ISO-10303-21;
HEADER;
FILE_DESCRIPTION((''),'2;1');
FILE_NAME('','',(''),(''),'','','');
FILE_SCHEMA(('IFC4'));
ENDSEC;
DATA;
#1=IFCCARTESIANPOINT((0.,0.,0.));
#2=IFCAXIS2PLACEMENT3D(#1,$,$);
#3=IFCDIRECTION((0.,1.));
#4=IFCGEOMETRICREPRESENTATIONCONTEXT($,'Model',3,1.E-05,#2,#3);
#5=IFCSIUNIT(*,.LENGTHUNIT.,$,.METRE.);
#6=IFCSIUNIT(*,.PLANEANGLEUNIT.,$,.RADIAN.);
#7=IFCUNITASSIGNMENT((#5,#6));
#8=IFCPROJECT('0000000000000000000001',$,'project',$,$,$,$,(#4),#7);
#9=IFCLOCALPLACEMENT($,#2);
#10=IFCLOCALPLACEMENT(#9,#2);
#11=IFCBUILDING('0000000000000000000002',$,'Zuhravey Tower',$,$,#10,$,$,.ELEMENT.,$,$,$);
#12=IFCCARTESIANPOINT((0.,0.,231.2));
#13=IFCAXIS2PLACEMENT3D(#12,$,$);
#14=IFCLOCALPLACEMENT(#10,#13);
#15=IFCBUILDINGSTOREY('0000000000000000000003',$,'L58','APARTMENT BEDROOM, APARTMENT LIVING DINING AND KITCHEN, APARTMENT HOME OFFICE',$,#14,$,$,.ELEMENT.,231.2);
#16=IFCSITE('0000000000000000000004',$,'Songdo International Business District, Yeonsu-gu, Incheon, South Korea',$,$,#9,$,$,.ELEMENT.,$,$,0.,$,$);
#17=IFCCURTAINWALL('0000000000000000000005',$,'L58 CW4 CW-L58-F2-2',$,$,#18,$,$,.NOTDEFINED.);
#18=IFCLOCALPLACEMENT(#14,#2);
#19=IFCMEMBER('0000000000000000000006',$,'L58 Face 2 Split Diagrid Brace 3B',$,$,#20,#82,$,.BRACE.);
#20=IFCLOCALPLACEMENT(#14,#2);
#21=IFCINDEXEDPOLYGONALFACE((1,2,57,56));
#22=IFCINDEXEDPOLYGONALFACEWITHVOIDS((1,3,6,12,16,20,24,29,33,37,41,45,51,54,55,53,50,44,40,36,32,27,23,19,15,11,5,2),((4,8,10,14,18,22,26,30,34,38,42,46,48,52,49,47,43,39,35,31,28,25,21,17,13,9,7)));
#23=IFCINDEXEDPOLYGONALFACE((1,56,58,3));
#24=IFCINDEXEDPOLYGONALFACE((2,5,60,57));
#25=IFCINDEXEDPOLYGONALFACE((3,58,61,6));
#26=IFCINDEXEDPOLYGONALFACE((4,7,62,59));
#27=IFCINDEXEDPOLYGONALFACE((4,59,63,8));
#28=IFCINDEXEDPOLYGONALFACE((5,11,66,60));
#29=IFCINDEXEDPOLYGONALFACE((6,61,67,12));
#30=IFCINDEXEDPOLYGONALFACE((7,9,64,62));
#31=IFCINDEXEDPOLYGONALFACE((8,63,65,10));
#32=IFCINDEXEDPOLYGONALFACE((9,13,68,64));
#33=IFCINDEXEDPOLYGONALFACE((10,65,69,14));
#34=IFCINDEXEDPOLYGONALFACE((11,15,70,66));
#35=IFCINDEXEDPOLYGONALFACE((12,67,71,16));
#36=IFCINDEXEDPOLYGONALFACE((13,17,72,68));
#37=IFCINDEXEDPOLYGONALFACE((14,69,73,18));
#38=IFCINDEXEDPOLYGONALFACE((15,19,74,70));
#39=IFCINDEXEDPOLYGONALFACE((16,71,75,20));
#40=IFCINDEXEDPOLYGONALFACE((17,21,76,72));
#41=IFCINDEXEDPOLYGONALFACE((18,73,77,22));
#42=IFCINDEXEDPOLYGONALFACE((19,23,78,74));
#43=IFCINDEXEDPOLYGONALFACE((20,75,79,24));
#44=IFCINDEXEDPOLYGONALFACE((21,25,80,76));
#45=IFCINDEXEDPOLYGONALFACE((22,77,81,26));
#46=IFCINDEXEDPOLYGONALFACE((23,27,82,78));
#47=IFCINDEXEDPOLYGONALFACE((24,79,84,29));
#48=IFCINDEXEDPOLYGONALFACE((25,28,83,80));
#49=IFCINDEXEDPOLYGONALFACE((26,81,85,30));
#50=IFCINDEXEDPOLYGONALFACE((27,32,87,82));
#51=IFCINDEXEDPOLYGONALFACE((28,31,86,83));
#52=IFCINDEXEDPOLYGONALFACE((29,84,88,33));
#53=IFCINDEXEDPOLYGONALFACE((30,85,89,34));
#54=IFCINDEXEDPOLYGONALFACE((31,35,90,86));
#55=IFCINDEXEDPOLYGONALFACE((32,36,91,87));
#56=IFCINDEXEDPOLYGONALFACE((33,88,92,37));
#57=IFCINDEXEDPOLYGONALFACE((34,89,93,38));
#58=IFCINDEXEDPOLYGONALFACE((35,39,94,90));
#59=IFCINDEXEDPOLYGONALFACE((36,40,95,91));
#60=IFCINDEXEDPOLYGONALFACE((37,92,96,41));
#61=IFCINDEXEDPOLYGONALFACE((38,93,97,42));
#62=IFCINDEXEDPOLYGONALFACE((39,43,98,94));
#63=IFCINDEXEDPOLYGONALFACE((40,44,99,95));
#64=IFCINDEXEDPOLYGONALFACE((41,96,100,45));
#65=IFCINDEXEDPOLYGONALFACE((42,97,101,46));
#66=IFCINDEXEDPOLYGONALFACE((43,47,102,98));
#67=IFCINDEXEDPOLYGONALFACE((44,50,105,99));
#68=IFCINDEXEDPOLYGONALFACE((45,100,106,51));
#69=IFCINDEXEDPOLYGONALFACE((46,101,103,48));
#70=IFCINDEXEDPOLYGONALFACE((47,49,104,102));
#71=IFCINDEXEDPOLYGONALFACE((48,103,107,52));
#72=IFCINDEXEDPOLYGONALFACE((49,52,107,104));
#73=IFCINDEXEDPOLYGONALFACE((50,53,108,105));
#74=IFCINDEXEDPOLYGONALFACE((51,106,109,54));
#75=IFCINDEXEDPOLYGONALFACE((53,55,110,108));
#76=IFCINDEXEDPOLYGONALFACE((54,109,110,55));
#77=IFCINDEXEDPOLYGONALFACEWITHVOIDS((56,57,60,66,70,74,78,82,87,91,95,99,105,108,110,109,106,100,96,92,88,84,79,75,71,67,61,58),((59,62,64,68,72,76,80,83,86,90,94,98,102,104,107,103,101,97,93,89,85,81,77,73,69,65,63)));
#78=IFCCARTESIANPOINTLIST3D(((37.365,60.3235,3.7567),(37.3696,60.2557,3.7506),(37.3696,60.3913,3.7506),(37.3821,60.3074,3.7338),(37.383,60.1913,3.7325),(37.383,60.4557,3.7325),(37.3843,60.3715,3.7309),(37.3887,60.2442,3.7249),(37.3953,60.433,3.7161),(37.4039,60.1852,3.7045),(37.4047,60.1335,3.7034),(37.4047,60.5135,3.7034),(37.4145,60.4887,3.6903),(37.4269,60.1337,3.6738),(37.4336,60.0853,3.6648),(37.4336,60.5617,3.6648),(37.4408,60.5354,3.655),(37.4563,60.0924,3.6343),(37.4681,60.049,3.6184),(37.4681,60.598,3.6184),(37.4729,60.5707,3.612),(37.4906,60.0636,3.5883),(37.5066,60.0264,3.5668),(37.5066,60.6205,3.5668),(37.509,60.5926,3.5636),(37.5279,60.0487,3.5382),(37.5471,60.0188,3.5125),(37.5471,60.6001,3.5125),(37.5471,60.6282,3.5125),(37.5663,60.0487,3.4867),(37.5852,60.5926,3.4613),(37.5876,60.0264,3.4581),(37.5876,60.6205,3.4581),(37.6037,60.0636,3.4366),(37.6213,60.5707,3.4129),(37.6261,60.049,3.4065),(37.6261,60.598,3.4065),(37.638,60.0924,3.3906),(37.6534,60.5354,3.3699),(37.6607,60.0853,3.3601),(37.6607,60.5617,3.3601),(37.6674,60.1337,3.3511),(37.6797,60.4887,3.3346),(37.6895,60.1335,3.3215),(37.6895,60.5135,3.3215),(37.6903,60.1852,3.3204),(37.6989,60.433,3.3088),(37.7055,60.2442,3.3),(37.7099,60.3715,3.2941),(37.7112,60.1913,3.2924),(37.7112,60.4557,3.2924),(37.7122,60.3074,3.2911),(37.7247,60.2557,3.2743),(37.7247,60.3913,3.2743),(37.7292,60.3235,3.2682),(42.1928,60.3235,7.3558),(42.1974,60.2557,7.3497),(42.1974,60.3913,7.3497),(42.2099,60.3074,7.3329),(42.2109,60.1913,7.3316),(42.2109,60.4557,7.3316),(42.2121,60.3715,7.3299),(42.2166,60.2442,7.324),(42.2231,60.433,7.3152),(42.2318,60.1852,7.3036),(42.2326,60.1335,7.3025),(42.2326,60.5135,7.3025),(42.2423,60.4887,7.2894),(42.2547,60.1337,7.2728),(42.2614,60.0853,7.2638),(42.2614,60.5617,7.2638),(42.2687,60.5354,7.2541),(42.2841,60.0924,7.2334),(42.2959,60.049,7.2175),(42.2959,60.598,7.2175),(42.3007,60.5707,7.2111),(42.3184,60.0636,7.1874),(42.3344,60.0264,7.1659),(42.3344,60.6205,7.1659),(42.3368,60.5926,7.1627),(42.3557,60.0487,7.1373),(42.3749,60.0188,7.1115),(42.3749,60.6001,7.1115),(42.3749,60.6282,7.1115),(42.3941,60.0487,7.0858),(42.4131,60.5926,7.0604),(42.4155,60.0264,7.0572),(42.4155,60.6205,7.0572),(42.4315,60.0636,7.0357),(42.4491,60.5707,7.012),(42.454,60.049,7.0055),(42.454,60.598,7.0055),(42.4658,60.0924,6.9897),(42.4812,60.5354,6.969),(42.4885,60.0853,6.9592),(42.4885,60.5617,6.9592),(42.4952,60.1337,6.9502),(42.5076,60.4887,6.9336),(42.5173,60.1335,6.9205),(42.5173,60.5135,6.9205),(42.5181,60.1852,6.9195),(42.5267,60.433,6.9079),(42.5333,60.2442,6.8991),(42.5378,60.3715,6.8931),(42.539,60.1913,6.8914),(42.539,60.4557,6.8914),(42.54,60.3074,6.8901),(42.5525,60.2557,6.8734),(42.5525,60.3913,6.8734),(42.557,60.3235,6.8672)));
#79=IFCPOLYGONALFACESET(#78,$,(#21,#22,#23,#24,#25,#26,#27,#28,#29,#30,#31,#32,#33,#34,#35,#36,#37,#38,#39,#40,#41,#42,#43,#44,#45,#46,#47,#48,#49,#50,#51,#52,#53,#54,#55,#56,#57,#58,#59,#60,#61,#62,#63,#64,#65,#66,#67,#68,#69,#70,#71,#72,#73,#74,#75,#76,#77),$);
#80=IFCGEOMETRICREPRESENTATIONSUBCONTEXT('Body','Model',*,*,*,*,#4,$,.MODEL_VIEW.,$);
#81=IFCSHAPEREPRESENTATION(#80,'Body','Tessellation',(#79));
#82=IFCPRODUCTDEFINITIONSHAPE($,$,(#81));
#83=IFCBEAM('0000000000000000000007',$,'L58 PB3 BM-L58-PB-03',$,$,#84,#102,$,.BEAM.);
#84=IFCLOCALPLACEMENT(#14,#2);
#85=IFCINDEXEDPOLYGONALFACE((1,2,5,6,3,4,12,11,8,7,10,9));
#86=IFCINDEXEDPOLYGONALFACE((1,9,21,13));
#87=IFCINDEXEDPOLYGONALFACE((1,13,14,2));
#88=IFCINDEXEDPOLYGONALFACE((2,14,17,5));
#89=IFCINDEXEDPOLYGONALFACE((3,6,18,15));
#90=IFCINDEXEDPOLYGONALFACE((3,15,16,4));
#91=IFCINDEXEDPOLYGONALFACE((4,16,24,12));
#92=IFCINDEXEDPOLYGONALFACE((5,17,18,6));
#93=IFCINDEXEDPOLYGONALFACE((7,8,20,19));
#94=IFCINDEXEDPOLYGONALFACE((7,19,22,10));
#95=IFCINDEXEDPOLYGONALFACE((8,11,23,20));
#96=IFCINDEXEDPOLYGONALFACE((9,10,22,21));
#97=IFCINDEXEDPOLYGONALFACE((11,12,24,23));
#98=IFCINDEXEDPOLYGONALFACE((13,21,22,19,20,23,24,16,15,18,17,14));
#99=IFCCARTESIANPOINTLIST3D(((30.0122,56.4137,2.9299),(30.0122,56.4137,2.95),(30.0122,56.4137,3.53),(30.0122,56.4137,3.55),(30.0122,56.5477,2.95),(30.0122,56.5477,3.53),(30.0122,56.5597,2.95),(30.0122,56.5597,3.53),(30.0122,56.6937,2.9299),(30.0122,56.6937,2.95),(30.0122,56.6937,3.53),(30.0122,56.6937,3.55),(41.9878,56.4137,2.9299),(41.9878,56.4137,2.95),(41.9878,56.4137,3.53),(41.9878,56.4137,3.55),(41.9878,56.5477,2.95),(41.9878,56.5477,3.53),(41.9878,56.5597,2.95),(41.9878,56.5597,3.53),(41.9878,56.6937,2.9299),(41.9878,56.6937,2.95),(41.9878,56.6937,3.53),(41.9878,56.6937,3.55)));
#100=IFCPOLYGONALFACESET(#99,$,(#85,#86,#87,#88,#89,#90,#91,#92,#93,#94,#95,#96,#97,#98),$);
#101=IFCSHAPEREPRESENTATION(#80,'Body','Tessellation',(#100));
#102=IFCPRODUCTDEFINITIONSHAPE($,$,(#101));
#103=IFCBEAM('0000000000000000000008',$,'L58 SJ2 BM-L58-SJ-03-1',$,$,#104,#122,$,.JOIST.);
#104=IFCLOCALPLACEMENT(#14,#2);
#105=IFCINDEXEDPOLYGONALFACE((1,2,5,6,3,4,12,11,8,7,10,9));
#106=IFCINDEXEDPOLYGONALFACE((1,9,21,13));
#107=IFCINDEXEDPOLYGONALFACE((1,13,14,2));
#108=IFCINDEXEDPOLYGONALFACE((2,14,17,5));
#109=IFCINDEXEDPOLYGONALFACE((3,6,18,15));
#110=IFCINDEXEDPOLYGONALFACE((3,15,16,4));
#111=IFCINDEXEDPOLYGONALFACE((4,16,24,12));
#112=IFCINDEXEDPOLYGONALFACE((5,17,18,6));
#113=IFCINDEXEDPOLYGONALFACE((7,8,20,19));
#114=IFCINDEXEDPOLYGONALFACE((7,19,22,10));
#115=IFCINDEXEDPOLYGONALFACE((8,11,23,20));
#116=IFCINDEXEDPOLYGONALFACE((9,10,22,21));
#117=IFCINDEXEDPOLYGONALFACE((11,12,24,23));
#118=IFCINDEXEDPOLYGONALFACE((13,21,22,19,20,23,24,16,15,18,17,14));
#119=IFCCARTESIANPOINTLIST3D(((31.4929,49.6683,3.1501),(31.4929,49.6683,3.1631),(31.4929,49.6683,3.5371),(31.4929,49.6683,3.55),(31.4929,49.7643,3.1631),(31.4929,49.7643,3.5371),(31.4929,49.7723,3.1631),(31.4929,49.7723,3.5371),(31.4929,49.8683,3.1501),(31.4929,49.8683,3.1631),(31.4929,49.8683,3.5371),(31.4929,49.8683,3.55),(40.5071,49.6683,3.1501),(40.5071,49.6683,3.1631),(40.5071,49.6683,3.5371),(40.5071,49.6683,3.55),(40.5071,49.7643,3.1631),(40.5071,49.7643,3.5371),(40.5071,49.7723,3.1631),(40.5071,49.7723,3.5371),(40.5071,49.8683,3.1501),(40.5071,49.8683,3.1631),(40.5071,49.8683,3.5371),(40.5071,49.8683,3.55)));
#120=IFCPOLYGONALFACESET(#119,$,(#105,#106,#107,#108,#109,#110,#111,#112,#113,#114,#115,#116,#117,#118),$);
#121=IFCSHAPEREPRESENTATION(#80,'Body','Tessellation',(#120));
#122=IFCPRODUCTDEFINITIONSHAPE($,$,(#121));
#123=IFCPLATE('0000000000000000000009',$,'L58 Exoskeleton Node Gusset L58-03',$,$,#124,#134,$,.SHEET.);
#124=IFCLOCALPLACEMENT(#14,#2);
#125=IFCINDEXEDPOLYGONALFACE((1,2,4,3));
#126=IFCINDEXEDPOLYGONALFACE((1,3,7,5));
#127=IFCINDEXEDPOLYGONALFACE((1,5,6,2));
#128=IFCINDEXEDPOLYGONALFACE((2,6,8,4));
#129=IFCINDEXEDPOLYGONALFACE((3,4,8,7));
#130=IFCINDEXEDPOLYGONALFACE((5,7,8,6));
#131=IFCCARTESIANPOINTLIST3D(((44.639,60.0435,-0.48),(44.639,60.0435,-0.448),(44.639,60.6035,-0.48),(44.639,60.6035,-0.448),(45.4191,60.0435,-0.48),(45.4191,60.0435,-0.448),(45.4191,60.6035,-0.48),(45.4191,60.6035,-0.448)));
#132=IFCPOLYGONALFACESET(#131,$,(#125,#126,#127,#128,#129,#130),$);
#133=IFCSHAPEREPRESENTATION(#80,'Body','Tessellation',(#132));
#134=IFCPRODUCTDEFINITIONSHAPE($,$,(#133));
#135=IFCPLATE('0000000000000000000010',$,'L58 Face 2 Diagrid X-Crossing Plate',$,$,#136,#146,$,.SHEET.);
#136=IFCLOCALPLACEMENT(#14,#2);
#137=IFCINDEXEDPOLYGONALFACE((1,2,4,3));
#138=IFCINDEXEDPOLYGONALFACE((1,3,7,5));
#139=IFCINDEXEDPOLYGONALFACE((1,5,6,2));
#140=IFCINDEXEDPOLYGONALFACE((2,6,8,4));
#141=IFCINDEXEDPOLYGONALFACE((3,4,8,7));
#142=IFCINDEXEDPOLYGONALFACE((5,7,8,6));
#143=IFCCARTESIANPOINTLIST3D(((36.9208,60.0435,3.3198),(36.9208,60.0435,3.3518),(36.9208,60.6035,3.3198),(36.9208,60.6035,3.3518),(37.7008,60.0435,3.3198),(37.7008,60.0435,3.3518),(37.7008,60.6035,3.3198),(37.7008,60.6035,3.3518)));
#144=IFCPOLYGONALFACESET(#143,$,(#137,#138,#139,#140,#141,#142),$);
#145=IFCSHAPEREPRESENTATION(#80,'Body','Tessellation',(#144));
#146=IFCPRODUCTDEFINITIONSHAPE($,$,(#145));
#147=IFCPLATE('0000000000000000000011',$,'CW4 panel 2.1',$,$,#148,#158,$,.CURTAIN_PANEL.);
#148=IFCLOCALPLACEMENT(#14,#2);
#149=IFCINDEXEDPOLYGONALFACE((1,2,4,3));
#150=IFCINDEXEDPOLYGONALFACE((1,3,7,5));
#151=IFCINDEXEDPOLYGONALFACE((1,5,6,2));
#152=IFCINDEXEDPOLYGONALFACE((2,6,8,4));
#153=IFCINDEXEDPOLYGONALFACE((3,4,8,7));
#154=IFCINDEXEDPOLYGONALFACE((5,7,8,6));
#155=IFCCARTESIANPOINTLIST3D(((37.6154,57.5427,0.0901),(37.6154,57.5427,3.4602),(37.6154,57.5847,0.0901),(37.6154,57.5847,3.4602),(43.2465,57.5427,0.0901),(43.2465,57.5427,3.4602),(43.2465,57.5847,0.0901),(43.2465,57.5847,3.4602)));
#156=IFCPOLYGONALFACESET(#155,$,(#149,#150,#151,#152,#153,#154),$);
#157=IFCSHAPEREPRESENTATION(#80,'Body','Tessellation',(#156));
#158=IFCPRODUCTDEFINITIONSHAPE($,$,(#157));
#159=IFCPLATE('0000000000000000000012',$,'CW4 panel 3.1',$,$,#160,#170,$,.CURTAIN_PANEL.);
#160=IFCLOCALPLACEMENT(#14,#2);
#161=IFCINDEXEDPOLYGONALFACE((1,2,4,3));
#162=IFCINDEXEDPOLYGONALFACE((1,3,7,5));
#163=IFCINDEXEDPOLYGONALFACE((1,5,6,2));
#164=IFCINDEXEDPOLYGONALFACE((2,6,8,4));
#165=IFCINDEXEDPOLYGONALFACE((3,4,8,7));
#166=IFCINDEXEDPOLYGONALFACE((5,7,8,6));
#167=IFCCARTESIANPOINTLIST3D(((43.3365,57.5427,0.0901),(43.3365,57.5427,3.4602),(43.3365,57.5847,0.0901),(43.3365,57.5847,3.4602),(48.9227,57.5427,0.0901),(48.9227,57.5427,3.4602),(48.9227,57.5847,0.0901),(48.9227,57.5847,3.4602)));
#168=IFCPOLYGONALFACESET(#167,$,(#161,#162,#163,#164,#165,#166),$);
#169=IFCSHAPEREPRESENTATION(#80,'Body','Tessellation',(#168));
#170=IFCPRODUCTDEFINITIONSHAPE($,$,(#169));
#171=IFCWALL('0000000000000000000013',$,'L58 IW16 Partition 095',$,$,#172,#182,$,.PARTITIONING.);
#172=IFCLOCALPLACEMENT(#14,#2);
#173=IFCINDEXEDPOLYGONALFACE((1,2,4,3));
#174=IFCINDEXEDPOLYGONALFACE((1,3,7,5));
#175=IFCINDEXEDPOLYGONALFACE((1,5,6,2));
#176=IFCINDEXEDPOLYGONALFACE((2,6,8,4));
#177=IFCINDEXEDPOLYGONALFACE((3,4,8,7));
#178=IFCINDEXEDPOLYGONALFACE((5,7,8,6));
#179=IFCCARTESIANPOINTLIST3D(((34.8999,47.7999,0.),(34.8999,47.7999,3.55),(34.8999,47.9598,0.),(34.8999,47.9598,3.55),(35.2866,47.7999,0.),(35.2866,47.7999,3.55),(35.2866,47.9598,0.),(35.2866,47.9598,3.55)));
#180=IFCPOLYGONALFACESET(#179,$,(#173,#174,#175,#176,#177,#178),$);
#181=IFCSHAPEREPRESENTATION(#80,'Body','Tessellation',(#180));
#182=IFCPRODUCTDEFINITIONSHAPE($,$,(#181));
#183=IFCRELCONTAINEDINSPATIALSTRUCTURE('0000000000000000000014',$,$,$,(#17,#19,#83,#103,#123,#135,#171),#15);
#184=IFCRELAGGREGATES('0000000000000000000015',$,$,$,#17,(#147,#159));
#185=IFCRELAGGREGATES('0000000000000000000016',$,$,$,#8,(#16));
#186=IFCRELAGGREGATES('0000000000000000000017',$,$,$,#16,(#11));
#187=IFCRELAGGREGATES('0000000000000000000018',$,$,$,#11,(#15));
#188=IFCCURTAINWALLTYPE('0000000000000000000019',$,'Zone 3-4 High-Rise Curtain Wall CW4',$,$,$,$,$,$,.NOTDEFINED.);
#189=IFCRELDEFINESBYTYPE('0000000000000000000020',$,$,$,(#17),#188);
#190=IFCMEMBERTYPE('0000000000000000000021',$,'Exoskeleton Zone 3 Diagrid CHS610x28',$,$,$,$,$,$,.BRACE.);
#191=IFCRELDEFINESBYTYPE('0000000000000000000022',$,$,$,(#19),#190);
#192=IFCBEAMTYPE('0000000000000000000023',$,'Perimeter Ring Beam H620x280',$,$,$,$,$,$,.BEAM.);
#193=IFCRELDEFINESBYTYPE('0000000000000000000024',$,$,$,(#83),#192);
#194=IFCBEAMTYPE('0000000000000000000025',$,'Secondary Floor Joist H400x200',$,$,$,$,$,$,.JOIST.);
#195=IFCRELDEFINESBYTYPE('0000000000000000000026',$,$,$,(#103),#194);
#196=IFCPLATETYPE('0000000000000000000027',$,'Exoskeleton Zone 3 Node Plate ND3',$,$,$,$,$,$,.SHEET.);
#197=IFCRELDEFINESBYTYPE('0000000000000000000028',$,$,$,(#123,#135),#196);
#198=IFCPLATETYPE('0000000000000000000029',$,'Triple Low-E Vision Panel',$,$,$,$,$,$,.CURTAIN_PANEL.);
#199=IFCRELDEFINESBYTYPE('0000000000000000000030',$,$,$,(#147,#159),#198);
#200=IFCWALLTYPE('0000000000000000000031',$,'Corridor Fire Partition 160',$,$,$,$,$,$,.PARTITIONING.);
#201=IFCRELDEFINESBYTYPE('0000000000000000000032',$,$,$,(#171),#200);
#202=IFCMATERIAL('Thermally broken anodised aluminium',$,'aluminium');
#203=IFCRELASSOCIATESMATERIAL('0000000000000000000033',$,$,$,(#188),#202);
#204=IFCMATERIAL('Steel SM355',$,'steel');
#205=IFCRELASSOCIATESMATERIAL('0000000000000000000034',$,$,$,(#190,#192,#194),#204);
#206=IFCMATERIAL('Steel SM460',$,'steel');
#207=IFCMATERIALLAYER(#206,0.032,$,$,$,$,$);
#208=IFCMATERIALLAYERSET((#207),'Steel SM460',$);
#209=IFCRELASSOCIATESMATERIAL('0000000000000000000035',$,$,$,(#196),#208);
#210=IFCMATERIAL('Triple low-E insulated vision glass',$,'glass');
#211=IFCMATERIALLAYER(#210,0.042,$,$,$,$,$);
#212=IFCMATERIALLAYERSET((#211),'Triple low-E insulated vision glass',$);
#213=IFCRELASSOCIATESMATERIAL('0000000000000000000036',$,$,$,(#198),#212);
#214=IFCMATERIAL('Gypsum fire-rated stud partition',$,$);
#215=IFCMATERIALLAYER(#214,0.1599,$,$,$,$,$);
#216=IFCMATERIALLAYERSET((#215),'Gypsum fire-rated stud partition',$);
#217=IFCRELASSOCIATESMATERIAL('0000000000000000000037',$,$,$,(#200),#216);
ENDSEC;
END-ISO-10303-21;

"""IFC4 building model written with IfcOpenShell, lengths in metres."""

from ifc_helpers import new_model, si_unit, direction, frame, frame_2d, origin, origin_2d, place, context, subcontext, project, spatial, rectangle, hollow_circle, i_section, extrude, material, layer, layer_set, material_profile, profile_set, type_object, element, aggregate, save


model = new_model("IFC4")

# Units and contexts
model_context = context("Model", 3, precision=1e-05, world=origin(), true_north=direction((0.0, 1.0)))
body_context = subcontext(model_context, "Body", "Model", "MODEL_VIEW")
ifc_project = project(units=[si_unit("LENGTHUNIT", "METRE"), si_unit("PLANEANGLEUNIT", "RADIAN")], contexts=[model_context])

# Site, building, storey
site_placement = place(None, origin())
site = spatial("IfcSite", under=ifc_project, at=site_placement, Name="Songdo International Business District, Yeonsu-gu, Incheon, South Korea", CompositionType="ELEMENT", RefElevation=0.0)
building_placement = place(site_placement, origin())
building = spatial("IfcBuilding", under=site, at=building_placement, Name="Zuhravey Tower", CompositionType="ELEMENT")
storey_placement = place(building_placement, frame((0.0, 0.0, 231.2)))
storey = spatial("IfcBuildingStorey", under=building, at=storey_placement, Name="L58", Description="APARTMENT BEDROOM, APARTMENT LIVING DINING AND KITCHEN, APARTMENT HOME OFFICE", CompositionType="ELEMENT", Elevation=231.2)

# Curtain wall
ifc_material_1 = material(Name="Thermally broken anodised aluminium", Category="aluminium")
curtain_wall_type = type_object("IfcCurtainWallType", Name="Zone 3-4 High-Rise Curtain Wall CW4", PredefinedType="NOTDEFINED", material=ifc_material_1)
curtain_wall_placement = place(storey_placement, origin())
curtain_wall = element("IfcCurtainWall", 1, at=curtain_wall_placement, inside=storey, type_object=curtain_wall_type, Name="L58 CW4 CW-L58-F2-2", PredefinedType="NOTDEFINED")

# Member
ifc_material_2 = material(Name="Steel SM355", Category="steel")
ifc_material_profile_1 = material_profile(ifc_material_2, hollow_circle(Radius=0.3047, WallThickness=0.0281, at=origin_2d()), Name="CHS-609.6x28")
ifc_profile_set_1 = profile_set([ifc_material_profile_1], Name="Steel SM355")
member_type_1 = type_object("IfcMemberType", Name="Exoskeleton Zone 3 Diagrid CHS610x28", PredefinedType="BRACE", material=ifc_profile_set_1)
member_1_placement = place(storey_placement, frame((37.5471, 60.3235, 3.5125), z_axis=(0.801734, 0.0, 0.597682), x_axis=(0.0, 1.0, 0.0)))
element("IfcMember", 2, at=member_1_placement, inside=storey, type_object=member_type_1, Name="L58 Face 2 Split Diagrid Brace 3B", PredefinedType="BRACE", context=body_context, shape_type="SweptSolid", body=[
    extrude(hollow_circle(Radius=0.3047, WallThickness=0.0281, at=origin_2d()), origin(), (0.0, 0.0, 1.0), 6.0217),
])

# Beams
ifc_material_profile_2 = material_profile(ifc_material_2, i_section(OverallWidth=0.28, OverallDepth=0.6201, WebThickness=0.012, FlangeThickness=0.02, at=origin_2d()), Name="H-620x280x12x20")
ifc_profile_set_2 = profile_set([ifc_material_profile_2], Name="Steel SM355")
beam_type_1 = type_object("IfcBeamType", Name="Perimeter Ring Beam H620x280", PredefinedType="BEAM", material=ifc_profile_set_2)
beam_1_placement = place(storey_placement, frame((41.9878, 56.5537, 3.24), z_axis=(-1.0, 0.0, 0.0), x_axis=(0.0, -1.0, 0.0)))
element("IfcBeam", 3, at=beam_1_placement, inside=storey, type_object=beam_type_1, Name="L58 PB3 BM-L58-PB-03", PredefinedType="BEAM", context=body_context, shape_type="SweptSolid", body=[
    extrude(i_section(OverallWidth=0.28, OverallDepth=0.6201, WebThickness=0.012, FlangeThickness=0.02, at=origin_2d()), origin(), (0.0, 0.0, 1.0), 11.9756),
])
ifc_material_profile_3 = material_profile(ifc_material_2, i_section(OverallWidth=0.2, OverallDepth=0.3999, WebThickness=0.0081, FlangeThickness=0.0129, at=origin_2d()), Name="H-400x200x8x13")
ifc_profile_set_3 = profile_set([ifc_material_profile_3], Name="Steel SM355")
beam_type_2 = type_object("IfcBeamType", Name="Secondary Floor Joist H400x200", PredefinedType="JOIST", material=ifc_profile_set_3)
beam_2_placement = place(storey_placement, frame((40.5071, 49.7683, 3.3501), z_axis=(-1.0, 0.0, 0.0), x_axis=(0.0, -1.0, 0.0)))
element("IfcBeam", 4, at=beam_2_placement, inside=storey, type_object=beam_type_2, Name="L58 SJ2 BM-L58-SJ-03-1", PredefinedType="JOIST", context=body_context, shape_type="SweptSolid", body=[
    extrude(i_section(OverallWidth=0.2, OverallDepth=0.3999, WebThickness=0.0081, FlangeThickness=0.0129, at=origin_2d()), origin(), (0.0, 0.0, 1.0), 9.0142),
])

# Plates
ifc_material_3 = material(Name="Steel SM460", Category="steel")
ifc_layer_1 = layer(ifc_material_3, 0.032)
ifc_layer_set_1 = layer_set([ifc_layer_1], Name="Steel SM460")
plate_type_1 = type_object("IfcPlateType", Name="Exoskeleton Zone 3 Node Plate ND3", PredefinedType="SHEET", material=ifc_layer_set_1)
for number, where, z_axis, x_axis, name in (
    (5, (45.0291, 60.3235, -0.48), (0.0, 0.0, 1.0), (-1.0, 0.0, 0.0), "L58 Exoskeleton Node Gusset L58-03"),
    (6, (37.3108, 60.3235, 3.3198), (0.0, 0.0, 1.0), (-1.0, 0.0, 0.0), "L58 Face 2 Diagrid X-Crossing Plate"),
):
    element("IfcPlate", number, at=place(storey_placement, frame(where, z_axis=z_axis, x_axis=x_axis)), inside=storey, type_object=plate_type_1, Name=name, PredefinedType="SHEET", context=body_context, shape_type="SweptSolid", body=[
        extrude(rectangle(XDim=0.78, YDim=0.5601, at=origin_2d()), origin(), (0.0, 0.0, 1.0), 0.032),
    ])

# Plates
ifc_material_4 = material(Name="Triple low-E insulated vision glass", Category="glass")
ifc_layer_2 = layer(ifc_material_4, 0.042)
ifc_layer_set_2 = layer_set([ifc_layer_2], Name="Triple low-E insulated vision glass")
plate_type_2 = type_object("IfcPlateType", Name="Triple Low-E Vision Panel", PredefinedType="CURTAIN_PANEL", material=ifc_layer_set_2)
plate_1_placement = place(storey_placement, frame((40.4309, 57.5637, 0.0901), z_axis=(0.0, 0.0, 1.0), x_axis=(1.0, 0.0, 0.0)))
plate_1 = element("IfcPlate", 7, at=plate_1_placement, type_object=plate_type_2, Name="CW4 panel 2.1", PredefinedType="CURTAIN_PANEL", context=body_context, shape_type="SweptSolid", body=[
    extrude(rectangle(XDim=5.6311, YDim=0.042, at=origin_2d()), origin(), (0.0, 0.0, 1.0), 3.3701),
])
plate_2_placement = place(storey_placement, frame((46.1296, 57.5637, 0.0901), z_axis=(0.0, 0.0, 1.0), x_axis=(1.0, 0.0, 0.0)))
plate_2 = element("IfcPlate", 8, at=plate_2_placement, type_object=plate_type_2, Name="CW4 panel 3.1", PredefinedType="CURTAIN_PANEL", context=body_context, shape_type="SweptSolid", body=[
    extrude(rectangle(XDim=5.5862, YDim=0.042, at=origin_2d()), origin(), (0.0, 0.0, 1.0), 3.3701),
])
aggregate(curtain_wall, [plate_1, plate_2])

# Wall
ifc_material_5 = material(Name="Gypsum fire-rated stud partition")
ifc_layer_3 = layer(ifc_material_5, 0.1599)
ifc_layer_set_3 = layer_set([ifc_layer_3], Name="Gypsum fire-rated stud partition")
wall_type_1 = type_object("IfcWallType", Name="Corridor Fire Partition 160", PredefinedType="PARTITIONING", material=ifc_layer_set_3)
wall_1_placement = place(storey_placement, frame((35.2866, 47.8799, 0.0), z_axis=(0.0, 0.0, 1.0), x_axis=(-1.0, 0.0, 0.0)))
element("IfcWall", 9, at=wall_1_placement, inside=storey, type_object=wall_type_1, Name="L58 IW16 Partition 095", PredefinedType="PARTITIONING", context=body_context, shape_type="SweptSolid", body=[
    extrude(rectangle(XDim=0.3867, YDim=0.1599, at=frame_2d((0.1934, 0.0))), origin(), (0.0, 0.0, 1.0), 3.55),
])

save(model, "model.ifc")
